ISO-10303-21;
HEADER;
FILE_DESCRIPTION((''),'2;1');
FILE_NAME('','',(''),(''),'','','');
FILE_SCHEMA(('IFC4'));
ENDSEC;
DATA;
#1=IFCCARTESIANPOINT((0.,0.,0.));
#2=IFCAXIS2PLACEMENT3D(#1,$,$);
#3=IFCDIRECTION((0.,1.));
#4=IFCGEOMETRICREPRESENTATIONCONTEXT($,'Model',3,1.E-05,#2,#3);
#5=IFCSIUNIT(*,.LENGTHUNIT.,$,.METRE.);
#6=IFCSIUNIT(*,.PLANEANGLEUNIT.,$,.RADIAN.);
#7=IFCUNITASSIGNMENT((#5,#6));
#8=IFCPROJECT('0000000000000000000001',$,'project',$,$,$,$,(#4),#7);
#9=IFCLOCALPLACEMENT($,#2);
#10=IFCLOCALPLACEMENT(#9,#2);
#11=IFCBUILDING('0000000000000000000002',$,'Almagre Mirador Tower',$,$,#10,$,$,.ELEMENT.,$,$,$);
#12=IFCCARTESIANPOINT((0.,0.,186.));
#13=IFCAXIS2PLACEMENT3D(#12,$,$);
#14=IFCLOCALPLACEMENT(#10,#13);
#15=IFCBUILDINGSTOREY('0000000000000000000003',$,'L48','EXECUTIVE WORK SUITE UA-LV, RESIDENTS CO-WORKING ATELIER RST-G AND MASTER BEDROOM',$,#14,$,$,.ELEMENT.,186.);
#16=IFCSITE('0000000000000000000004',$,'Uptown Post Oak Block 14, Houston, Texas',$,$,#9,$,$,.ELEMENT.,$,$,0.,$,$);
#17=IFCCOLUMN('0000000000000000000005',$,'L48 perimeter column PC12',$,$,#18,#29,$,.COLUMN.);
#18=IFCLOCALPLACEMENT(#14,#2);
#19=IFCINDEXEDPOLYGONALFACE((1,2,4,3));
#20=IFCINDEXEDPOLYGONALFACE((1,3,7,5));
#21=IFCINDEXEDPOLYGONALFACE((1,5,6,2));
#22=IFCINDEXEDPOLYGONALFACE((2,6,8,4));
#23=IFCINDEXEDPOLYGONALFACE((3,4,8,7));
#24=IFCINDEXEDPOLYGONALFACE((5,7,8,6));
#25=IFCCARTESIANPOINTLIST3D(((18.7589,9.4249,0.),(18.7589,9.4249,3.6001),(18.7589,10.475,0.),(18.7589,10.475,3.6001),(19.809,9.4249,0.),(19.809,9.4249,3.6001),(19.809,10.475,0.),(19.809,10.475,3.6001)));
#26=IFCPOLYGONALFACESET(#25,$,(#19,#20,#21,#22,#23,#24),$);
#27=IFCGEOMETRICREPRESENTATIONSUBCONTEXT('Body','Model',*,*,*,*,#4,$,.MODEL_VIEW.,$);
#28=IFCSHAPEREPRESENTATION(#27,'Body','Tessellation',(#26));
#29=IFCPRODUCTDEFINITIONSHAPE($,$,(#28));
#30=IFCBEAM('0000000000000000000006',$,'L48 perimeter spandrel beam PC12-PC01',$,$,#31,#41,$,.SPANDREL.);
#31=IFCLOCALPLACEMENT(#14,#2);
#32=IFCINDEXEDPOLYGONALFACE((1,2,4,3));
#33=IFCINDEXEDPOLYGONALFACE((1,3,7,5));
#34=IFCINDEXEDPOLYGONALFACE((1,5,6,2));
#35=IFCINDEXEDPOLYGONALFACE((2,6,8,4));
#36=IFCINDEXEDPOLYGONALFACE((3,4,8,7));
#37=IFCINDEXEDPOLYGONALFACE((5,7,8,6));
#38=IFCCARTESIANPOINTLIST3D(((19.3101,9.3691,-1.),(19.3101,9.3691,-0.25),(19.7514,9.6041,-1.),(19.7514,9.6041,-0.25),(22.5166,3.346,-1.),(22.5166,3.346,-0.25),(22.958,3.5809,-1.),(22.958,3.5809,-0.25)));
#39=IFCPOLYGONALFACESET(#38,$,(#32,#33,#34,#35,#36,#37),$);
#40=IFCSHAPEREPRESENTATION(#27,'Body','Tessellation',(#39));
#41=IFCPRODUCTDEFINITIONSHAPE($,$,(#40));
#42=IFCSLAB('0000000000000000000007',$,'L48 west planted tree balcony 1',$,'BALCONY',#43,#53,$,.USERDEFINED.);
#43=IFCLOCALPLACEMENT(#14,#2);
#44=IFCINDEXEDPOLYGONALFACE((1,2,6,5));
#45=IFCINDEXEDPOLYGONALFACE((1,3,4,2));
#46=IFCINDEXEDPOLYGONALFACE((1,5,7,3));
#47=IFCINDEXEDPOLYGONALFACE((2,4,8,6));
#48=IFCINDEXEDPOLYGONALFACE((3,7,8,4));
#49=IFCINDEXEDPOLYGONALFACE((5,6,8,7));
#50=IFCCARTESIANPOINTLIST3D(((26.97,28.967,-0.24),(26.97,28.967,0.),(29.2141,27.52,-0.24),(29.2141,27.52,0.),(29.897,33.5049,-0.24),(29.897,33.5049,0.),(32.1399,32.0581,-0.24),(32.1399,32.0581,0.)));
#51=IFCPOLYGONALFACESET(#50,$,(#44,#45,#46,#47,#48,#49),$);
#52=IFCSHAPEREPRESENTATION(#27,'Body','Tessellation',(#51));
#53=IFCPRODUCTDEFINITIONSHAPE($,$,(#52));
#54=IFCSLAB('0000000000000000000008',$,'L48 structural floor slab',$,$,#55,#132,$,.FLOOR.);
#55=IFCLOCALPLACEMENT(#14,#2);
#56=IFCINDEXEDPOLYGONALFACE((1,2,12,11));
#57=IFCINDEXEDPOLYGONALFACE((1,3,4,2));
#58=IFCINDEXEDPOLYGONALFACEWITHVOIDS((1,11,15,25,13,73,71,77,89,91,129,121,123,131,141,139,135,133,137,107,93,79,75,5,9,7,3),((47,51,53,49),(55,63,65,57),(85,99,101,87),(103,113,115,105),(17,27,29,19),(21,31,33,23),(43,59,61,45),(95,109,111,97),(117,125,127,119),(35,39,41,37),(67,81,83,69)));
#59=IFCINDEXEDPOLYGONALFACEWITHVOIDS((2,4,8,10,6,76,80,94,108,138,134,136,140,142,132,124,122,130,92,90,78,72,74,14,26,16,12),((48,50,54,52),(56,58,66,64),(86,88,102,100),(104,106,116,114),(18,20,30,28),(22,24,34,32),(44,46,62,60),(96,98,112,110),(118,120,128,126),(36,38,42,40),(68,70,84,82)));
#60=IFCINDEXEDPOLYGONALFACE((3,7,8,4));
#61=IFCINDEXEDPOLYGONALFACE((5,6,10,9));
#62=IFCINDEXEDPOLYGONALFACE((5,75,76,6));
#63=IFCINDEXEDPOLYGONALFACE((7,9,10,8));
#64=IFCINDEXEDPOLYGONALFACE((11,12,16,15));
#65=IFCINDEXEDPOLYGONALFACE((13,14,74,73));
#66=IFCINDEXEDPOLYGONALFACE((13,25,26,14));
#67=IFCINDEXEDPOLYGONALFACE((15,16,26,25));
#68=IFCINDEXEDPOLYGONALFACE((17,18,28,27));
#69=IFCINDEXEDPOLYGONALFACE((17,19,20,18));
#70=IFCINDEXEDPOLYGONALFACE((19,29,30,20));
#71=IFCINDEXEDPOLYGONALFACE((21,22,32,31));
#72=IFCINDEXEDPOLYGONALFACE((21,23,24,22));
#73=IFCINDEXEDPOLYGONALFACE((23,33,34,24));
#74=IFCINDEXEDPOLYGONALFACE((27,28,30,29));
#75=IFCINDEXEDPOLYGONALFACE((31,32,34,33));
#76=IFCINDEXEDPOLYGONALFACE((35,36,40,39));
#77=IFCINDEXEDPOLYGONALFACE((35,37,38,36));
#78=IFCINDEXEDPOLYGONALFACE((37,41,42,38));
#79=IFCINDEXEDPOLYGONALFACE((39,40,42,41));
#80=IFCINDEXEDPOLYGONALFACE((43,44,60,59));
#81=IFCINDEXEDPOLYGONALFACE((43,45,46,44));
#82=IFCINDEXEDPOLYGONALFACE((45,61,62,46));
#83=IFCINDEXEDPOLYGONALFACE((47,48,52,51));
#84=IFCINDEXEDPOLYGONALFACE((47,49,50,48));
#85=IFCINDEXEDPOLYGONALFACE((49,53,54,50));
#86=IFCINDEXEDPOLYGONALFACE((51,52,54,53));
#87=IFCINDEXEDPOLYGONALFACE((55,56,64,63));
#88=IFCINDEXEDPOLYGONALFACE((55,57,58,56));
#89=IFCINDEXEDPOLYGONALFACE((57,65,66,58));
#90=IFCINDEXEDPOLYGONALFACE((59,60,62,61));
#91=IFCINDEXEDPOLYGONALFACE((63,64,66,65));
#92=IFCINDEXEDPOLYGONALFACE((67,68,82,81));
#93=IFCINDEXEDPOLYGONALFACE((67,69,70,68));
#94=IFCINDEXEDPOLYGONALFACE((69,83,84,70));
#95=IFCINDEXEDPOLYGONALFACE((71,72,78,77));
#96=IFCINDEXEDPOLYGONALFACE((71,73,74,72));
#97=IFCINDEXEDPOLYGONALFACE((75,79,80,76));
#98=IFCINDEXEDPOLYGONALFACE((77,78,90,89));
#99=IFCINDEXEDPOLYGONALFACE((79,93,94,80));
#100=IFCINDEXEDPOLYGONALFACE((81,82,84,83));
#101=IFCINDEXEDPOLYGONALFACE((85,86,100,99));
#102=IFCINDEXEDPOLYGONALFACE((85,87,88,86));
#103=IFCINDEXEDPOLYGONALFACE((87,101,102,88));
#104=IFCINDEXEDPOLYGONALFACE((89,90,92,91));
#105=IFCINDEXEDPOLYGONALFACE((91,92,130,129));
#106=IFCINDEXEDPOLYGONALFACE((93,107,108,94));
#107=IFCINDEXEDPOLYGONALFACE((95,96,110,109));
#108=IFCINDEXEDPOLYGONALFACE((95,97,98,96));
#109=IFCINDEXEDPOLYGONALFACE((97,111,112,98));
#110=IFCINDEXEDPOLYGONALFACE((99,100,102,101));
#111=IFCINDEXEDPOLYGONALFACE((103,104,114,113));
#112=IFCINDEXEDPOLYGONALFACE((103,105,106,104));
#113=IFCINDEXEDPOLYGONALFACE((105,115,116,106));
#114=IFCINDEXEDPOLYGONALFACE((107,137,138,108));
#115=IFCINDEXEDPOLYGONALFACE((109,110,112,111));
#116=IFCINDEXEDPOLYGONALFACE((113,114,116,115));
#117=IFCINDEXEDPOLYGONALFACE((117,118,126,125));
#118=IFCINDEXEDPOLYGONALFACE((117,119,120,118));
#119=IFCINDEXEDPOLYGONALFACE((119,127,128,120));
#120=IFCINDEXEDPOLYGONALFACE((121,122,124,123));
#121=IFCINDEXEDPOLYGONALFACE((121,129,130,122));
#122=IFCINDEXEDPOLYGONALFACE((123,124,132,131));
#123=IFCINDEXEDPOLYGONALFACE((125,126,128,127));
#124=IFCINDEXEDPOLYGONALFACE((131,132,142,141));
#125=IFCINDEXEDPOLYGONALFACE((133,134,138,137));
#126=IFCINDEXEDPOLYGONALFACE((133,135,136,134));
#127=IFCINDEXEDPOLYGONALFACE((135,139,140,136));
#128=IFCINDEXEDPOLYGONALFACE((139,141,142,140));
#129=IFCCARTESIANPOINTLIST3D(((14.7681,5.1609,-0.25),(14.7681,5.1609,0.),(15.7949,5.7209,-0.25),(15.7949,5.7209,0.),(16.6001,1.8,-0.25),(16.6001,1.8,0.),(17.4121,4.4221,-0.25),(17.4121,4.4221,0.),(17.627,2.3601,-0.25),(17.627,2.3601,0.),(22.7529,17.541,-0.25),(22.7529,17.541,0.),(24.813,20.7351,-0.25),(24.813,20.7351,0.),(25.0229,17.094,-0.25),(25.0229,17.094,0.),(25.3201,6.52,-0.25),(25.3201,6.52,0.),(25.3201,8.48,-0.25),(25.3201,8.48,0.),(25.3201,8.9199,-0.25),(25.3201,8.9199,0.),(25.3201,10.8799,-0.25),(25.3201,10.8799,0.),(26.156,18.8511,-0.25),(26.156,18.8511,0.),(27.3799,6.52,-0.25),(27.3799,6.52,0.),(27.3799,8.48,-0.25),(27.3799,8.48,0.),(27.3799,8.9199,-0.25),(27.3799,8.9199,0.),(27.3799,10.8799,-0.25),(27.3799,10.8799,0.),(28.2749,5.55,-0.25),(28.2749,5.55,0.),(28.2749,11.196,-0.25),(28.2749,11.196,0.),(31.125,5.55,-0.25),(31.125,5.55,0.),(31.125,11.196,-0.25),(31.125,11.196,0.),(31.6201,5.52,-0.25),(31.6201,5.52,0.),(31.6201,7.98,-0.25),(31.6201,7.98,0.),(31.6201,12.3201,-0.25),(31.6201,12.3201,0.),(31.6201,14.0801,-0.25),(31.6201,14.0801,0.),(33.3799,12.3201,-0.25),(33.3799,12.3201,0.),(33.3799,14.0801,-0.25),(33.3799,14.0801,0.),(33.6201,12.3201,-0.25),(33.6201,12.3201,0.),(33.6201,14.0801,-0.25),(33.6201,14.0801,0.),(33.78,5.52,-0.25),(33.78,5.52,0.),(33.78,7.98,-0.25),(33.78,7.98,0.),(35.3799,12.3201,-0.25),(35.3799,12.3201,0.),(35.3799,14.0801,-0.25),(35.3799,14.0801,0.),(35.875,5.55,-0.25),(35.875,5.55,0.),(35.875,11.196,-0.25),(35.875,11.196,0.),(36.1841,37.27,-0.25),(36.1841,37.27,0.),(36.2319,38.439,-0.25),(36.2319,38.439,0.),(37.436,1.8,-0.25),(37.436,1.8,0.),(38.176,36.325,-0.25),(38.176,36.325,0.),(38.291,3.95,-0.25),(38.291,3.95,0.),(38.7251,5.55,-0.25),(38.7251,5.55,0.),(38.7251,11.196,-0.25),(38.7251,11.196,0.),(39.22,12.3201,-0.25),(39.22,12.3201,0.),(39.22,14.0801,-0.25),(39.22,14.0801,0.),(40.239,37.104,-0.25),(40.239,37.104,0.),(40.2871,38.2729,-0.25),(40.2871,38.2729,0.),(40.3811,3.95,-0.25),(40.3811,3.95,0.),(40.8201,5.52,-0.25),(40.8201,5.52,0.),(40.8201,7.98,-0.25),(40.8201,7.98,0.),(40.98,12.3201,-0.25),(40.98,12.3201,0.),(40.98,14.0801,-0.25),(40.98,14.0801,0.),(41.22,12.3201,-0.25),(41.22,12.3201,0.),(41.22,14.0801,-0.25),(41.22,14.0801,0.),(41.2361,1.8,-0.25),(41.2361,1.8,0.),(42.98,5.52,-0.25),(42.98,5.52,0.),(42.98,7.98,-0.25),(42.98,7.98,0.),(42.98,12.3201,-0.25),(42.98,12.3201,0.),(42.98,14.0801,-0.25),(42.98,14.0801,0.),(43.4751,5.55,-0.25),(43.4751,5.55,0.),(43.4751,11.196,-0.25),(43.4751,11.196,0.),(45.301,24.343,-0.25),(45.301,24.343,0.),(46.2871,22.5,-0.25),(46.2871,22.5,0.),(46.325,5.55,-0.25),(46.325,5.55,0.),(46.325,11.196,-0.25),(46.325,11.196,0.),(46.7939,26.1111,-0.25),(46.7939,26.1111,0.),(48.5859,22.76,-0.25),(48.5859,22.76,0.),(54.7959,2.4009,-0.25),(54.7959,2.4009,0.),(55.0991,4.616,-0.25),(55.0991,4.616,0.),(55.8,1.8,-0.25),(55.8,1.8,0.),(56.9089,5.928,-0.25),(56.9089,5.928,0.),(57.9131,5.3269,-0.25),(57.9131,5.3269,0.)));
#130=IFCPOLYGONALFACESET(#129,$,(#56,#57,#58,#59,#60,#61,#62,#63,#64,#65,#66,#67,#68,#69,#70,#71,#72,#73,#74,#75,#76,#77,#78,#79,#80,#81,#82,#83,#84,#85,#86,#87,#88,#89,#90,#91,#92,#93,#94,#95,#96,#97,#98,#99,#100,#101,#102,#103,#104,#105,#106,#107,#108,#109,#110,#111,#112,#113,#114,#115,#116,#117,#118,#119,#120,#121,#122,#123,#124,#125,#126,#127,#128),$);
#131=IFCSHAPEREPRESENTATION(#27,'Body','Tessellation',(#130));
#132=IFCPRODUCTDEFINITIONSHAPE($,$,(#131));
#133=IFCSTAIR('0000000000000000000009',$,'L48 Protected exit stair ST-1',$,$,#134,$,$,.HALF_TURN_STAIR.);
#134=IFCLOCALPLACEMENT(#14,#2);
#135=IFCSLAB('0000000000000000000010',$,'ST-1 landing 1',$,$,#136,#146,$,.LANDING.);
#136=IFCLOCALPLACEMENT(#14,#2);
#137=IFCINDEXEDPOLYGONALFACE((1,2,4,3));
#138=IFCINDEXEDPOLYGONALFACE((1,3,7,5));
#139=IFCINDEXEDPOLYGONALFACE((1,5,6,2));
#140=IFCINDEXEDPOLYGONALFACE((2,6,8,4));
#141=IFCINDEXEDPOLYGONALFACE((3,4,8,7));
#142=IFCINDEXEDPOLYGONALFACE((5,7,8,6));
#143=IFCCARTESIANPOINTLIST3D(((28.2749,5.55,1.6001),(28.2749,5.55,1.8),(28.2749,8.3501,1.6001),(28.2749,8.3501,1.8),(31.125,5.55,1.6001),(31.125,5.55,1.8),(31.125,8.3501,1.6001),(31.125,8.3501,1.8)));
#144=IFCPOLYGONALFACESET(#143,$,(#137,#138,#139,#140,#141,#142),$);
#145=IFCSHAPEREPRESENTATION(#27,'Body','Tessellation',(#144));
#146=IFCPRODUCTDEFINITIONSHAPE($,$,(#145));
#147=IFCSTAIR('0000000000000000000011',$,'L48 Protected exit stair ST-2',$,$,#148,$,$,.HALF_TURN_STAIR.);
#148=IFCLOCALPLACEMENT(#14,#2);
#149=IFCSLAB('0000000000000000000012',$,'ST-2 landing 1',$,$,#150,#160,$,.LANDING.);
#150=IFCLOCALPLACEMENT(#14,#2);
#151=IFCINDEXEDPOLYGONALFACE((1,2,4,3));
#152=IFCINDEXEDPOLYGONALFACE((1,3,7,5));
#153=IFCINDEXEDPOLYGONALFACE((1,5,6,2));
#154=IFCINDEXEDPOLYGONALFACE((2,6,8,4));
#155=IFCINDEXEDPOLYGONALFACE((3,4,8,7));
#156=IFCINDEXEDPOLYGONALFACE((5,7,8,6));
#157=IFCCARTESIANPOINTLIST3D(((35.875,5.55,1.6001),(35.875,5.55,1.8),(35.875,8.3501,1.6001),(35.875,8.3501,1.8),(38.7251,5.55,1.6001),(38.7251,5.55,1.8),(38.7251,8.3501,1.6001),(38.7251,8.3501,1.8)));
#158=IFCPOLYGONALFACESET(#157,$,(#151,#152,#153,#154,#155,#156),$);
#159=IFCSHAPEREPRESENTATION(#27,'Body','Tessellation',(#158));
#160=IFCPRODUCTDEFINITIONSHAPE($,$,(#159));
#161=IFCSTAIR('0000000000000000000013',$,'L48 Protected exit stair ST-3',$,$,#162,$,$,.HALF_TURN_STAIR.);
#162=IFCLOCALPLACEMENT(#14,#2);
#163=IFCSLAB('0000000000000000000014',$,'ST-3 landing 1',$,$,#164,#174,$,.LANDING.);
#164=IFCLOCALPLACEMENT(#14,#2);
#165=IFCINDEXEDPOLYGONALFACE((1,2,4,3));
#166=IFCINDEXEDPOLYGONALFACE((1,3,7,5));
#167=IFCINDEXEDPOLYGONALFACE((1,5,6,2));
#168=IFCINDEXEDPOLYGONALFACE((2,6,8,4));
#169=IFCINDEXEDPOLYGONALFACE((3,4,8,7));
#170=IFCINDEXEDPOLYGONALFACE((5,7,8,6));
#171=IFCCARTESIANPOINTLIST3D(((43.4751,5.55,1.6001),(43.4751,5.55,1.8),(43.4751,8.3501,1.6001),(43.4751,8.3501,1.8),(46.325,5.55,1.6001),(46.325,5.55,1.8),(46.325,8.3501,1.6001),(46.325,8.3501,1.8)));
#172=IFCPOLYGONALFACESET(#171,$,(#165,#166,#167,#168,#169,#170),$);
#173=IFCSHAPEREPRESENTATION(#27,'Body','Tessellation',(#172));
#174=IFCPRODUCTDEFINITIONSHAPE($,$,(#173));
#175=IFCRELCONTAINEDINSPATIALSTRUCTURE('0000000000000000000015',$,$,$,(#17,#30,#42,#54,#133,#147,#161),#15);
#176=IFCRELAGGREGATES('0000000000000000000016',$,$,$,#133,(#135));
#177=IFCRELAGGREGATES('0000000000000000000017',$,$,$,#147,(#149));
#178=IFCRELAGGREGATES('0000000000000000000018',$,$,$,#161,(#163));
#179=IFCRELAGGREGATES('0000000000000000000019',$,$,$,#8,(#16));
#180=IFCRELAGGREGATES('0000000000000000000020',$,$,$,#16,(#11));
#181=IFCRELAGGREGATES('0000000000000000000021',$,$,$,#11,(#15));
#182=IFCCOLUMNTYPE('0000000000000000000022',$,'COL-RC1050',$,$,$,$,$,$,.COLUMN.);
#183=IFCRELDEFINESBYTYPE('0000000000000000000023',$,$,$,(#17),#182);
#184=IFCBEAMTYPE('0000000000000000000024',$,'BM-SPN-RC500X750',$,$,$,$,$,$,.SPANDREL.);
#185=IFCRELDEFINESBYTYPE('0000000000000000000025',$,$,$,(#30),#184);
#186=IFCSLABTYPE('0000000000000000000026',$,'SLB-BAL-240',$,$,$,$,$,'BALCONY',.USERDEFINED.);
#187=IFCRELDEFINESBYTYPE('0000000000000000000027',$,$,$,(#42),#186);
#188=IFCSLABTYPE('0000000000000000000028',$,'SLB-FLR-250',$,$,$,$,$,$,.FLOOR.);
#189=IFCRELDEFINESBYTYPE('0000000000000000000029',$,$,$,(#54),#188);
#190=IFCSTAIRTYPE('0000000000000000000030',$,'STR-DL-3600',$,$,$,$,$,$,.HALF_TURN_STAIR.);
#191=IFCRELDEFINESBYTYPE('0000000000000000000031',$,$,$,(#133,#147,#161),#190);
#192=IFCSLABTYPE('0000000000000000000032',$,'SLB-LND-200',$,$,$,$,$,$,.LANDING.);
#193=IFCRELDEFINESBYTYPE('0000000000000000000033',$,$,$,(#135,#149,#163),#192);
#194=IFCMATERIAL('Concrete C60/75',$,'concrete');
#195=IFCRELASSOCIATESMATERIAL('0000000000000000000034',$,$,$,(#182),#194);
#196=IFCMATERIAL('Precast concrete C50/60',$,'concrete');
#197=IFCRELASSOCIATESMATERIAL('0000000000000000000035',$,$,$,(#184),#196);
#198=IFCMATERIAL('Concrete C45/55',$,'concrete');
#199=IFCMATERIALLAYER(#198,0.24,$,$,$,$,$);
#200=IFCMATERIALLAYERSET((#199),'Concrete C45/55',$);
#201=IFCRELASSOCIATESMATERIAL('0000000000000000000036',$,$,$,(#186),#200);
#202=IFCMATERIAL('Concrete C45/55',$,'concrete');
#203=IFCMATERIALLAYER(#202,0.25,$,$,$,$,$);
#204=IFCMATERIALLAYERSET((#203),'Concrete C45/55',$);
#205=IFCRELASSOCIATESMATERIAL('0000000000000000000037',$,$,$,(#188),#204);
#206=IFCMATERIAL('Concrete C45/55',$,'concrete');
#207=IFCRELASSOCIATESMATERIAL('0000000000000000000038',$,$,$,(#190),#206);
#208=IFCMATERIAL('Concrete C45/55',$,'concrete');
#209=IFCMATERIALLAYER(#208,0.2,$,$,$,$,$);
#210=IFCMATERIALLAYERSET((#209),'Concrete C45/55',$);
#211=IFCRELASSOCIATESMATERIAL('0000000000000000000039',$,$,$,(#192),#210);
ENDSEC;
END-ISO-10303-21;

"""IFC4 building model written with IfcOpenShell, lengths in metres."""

from ifc_helpers import new_model, si_unit, direction, frame, origin, origin_2d, place, context, subcontext, project, spatial, polyline, rectangle, outline, extrude, material, layer, layer_set, material_profile, profile_set, type_object, element, aggregate, save


model = new_model("IFC4")

# Units and contexts
model_context = context("Model", 3, precision=1e-05, world=origin(), true_north=direction((0.0, 1.0)))
body_context = subcontext(model_context, "Body", "Model", "MODEL_VIEW")
ifc_project = project(units=[si_unit("LENGTHUNIT", "METRE"), si_unit("PLANEANGLEUNIT", "RADIAN")], contexts=[model_context])

# Site, building, storey
site_placement = place(None, origin())
site = spatial("IfcSite", under=ifc_project, at=site_placement, Name="Uptown Post Oak Block 14, Houston, Texas", CompositionType="ELEMENT", RefElevation=0.0)
building_placement = place(site_placement, origin())
building = spatial("IfcBuilding", under=site, at=building_placement, Name="Almagre Mirador Tower", CompositionType="ELEMENT")
storey_placement = place(building_placement, frame((0.0, 0.0, 186.0)))
storey = spatial("IfcBuildingStorey", under=building, at=storey_placement, Name="L48", Description="EXECUTIVE WORK SUITE UA-LV, RESIDENTS CO-WORKING ATELIER RST-G AND MASTER BEDROOM", CompositionType="ELEMENT", Elevation=186.0)

# Column
ifc_material_1 = material(Name="Concrete C60/75", Category="concrete")
ifc_material_profile_1 = material_profile(ifc_material_1, rectangle(XDim=1.05, YDim=1.05, at=origin_2d()), Name="RC1050X1050")
ifc_profile_set_1 = profile_set([ifc_material_profile_1], Name="Concrete C60/75")
column_type = type_object("IfcColumnType", Name="COL-RC1050", PredefinedType="COLUMN", material=ifc_profile_set_1)
column_placement = place(storey_placement, frame((19.2839, 9.95, 0.0), z_axis=(0.0, 0.0, 1.0), x_axis=(1.0, 0.0, 0.0)))
element("IfcColumn", 1, at=column_placement, inside=storey, type_object=column_type, Name="L48 perimeter column PC12", PredefinedType="COLUMN", context=body_context, shape_type="SweptSolid", body=[
    extrude(rectangle(XDim=1.05, YDim=1.05, at=origin_2d()), origin(), (0.0, 0.0, 1.0), 3.6001),
])

# Beam
ifc_material_2 = material(Name="Precast concrete C50/60", Category="concrete")
ifc_material_profile_2 = material_profile(ifc_material_2, rectangle(XDim=0.5, YDim=0.75, at=origin_2d()), Name="RC500X750")
ifc_profile_set_2 = profile_set([ifc_material_profile_2], Name="Precast concrete C50/60")
beam_type = type_object("IfcBeamType", Name="BM-SPN-RC500X750", PredefinedType="SPANDREL", material=ifc_profile_set_2)
beam_placement = place(storey_placement, frame((19.5308, 9.4866, -0.625), z_axis=(0.469923, -0.882707, 0.0), x_axis=(0.882707, 0.469923, 0.0)))
element("IfcBeam", 2, at=beam_placement, inside=storey, type_object=beam_type, Name="L48 perimeter spandrel beam PC12-PC01", PredefinedType="SPANDREL", context=body_context, shape_type="SweptSolid", body=[
    extrude(rectangle(XDim=0.5, YDim=0.75, at=origin_2d()), origin(), (0.0, 0.0, 1.0), 6.8235),
])

# Slabs
ifc_material_3 = material(Name="Concrete C45/55", Category="concrete")
ifc_layer_1 = layer(ifc_material_3, 0.24)
ifc_layer_set_1 = layer_set([ifc_layer_1], Name="Concrete C45/55")
slab_type_1 = type_object("IfcSlabType", Name="SLB-BAL-240", ElementType="BALCONY", PredefinedType="USERDEFINED", material=ifc_layer_set_1)
slab_1_placement = place(storey_placement, frame((0.0, 0.0, -0.24)))
element("IfcSlab", 3, at=slab_1_placement, inside=storey, type_object=slab_type_1, Name="L48 west planted tree balcony 1", ObjectType="BALCONY", PredefinedType="USERDEFINED", context=body_context, shape_type="SweptSolid", body=[
    extrude(outline(polyline([(32.1399, 32.0581), (29.2141, 27.52), (26.97, 28.967), (29.897, 33.5049), (32.1399, 32.0581)])), origin(), (0.0, 0.0, 1.0), 0.24),
])
ifc_material_4 = material(Name="Concrete C45/55", Category="concrete")
ifc_layer_2 = layer(ifc_material_4, 0.25)
ifc_layer_set_2 = layer_set([ifc_layer_2], Name="Concrete C45/55")
slab_type_2 = type_object("IfcSlabType", Name="SLB-FLR-250", PredefinedType="FLOOR", material=ifc_layer_set_2)
slab_2_placement = place(storey_placement, frame((0.0, 0.0, -0.25)))
element("IfcSlab", 4, at=slab_2_placement, inside=storey, type_object=slab_type_2, Name="L48 structural floor slab", PredefinedType="FLOOR", context=body_context, shape_type="SweptSolid", body=[
    extrude(outline(polyline([(14.7681, 5.1609), (15.7949, 5.7209), (17.4121, 4.4221), (17.627, 2.3601), (16.6001, 1.8), (37.436, 1.8), (38.291, 3.95), (40.3811, 3.95), (41.2361, 1.8), (55.8, 1.8), (54.7959, 2.4009), (55.0991, 4.616), (56.9089, 5.928), (57.9131, 5.3269), (48.5859, 22.76), (46.2871, 22.5), (45.301, 24.343), (46.7939, 26.1111), (40.2871, 38.2729), (40.239, 37.104), (38.176, 36.325), (36.1841, 37.27), (36.2319, 38.439), (24.813, 20.7351), (26.156, 18.8511), (25.0229, 17.094), (22.7529, 17.541), (14.7681, 5.1609)]), holes=[polyline([(43.4751, 5.55), (43.4751, 11.196), (46.325, 11.196), (46.325, 5.55), (43.4751, 5.55)]), polyline([(40.8201, 5.52), (40.8201, 7.98), (42.98, 7.98), (42.98, 5.52), (40.8201, 5.52)]), polyline([(41.22, 12.3201), (41.22, 14.0801), (42.98, 14.0801), (42.98, 12.3201), (41.22, 12.3201)]), polyline([(39.22, 12.3201), (39.22, 14.0801), (40.98, 14.0801), (40.98, 12.3201), (39.22, 12.3201)]), polyline([(35.875, 11.196), (38.7251, 11.196), (38.7251, 5.55), (35.875, 5.55), (35.875, 11.196)]), polyline([(35.3799, 12.3201), (33.6201, 12.3201), (33.6201, 14.0801), (35.3799, 14.0801), (35.3799, 12.3201)]), polyline([(33.78, 5.52), (31.6201, 5.52), (31.6201, 7.98), (33.78, 7.98), (33.78, 5.52)]), polyline([(31.6201, 12.3201), (31.6201, 14.0801), (33.3799, 14.0801), (33.3799, 12.3201), (31.6201, 12.3201)]), polyline([(28.2749, 5.55), (28.2749, 11.196), (31.125, 11.196), (31.125, 5.55), (28.2749, 5.55)]), polyline([(25.3201, 8.9199), (25.3201, 10.8799), (27.3799, 10.8799), (27.3799, 8.9199), (25.3201, 8.9199)]), polyline([(27.3799, 6.52), (25.3201, 6.52), (25.3201, 8.48), (27.3799, 8.48), (27.3799, 6.52)])]), origin(), (0.0, 0.0, 1.0), 0.25),
])

# Stairs, slabs
ifc_material_5 = material(Name="Concrete C45/55", Category="concrete")
stair_type = type_object("IfcStairType", Name="STR-DL-3600", PredefinedType="HALF_TURN_STAIR", material=ifc_material_5)
stair_1_placement = place(storey_placement, origin())
stair_1 = element("IfcStair", 5, at=stair_1_placement, inside=storey, type_object=stair_type, Name="L48 Protected exit stair ST-1", PredefinedType="HALF_TURN_STAIR")
ifc_material_6 = material(Name="Concrete C45/55", Category="concrete")
ifc_layer_3 = layer(ifc_material_6, 0.2)
ifc_layer_set_3 = layer_set([ifc_layer_3], Name="Concrete C45/55")
slab_type_3 = type_object("IfcSlabType", Name="SLB-LND-200", PredefinedType="LANDING", material=ifc_layer_set_3)
slab_3_placement = place(storey_placement, frame((0.0, 0.0, 1.6001)))
slab_3 = element("IfcSlab", 6, at=slab_3_placement, type_object=slab_type_3, Name="ST-1 landing 1", PredefinedType="LANDING", context=body_context, shape_type="SweptSolid", body=[
    extrude(outline(polyline([(28.2749, 8.3501), (28.2749, 5.55), (31.125, 5.55), (31.125, 8.3501), (28.2749, 8.3501)])), origin(), (0.0, 0.0, 1.0), 0.2),
])
aggregate(stair_1, [slab_3])
stair_2_placement = place(storey_placement, origin())
stair_2 = element("IfcStair", 7, at=stair_2_placement, inside=storey, type_object=stair_type, Name="L48 Protected exit stair ST-2", PredefinedType="HALF_TURN_STAIR")
slab_4_placement = place(storey_placement, frame((0.0, 0.0, 1.6001)))
slab_4 = element("IfcSlab", 8, at=slab_4_placement, type_object=slab_type_3, Name="ST-2 landing 1", PredefinedType="LANDING", context=body_context, shape_type="SweptSolid", body=[
    extrude(outline(polyline([(35.875, 8.3501), (35.875, 5.55), (38.7251, 5.55), (38.7251, 8.3501), (35.875, 8.3501)])), origin(), (0.0, 0.0, 1.0), 0.2),
])
aggregate(stair_2, [slab_4])
stair_3_placement = place(storey_placement, origin())
stair_3 = element("IfcStair", 9, at=stair_3_placement, inside=storey, type_object=stair_type, Name="L48 Protected exit stair ST-3", PredefinedType="HALF_TURN_STAIR")
slab_5_placement = place(storey_placement, frame((0.0, 0.0, 1.6001)))
slab_5 = element("IfcSlab", 10, at=slab_5_placement, type_object=slab_type_3, Name="ST-3 landing 1", PredefinedType="LANDING", context=body_context, shape_type="SweptSolid", body=[
    extrude(outline(polyline([(43.4751, 8.3501), (43.4751, 5.55), (46.325, 5.55), (46.325, 8.3501), (43.4751, 8.3501)])), origin(), (0.0, 0.0, 1.0), 0.2),
])
aggregate(stair_3, [slab_5])

save(model, "model.ifc")
